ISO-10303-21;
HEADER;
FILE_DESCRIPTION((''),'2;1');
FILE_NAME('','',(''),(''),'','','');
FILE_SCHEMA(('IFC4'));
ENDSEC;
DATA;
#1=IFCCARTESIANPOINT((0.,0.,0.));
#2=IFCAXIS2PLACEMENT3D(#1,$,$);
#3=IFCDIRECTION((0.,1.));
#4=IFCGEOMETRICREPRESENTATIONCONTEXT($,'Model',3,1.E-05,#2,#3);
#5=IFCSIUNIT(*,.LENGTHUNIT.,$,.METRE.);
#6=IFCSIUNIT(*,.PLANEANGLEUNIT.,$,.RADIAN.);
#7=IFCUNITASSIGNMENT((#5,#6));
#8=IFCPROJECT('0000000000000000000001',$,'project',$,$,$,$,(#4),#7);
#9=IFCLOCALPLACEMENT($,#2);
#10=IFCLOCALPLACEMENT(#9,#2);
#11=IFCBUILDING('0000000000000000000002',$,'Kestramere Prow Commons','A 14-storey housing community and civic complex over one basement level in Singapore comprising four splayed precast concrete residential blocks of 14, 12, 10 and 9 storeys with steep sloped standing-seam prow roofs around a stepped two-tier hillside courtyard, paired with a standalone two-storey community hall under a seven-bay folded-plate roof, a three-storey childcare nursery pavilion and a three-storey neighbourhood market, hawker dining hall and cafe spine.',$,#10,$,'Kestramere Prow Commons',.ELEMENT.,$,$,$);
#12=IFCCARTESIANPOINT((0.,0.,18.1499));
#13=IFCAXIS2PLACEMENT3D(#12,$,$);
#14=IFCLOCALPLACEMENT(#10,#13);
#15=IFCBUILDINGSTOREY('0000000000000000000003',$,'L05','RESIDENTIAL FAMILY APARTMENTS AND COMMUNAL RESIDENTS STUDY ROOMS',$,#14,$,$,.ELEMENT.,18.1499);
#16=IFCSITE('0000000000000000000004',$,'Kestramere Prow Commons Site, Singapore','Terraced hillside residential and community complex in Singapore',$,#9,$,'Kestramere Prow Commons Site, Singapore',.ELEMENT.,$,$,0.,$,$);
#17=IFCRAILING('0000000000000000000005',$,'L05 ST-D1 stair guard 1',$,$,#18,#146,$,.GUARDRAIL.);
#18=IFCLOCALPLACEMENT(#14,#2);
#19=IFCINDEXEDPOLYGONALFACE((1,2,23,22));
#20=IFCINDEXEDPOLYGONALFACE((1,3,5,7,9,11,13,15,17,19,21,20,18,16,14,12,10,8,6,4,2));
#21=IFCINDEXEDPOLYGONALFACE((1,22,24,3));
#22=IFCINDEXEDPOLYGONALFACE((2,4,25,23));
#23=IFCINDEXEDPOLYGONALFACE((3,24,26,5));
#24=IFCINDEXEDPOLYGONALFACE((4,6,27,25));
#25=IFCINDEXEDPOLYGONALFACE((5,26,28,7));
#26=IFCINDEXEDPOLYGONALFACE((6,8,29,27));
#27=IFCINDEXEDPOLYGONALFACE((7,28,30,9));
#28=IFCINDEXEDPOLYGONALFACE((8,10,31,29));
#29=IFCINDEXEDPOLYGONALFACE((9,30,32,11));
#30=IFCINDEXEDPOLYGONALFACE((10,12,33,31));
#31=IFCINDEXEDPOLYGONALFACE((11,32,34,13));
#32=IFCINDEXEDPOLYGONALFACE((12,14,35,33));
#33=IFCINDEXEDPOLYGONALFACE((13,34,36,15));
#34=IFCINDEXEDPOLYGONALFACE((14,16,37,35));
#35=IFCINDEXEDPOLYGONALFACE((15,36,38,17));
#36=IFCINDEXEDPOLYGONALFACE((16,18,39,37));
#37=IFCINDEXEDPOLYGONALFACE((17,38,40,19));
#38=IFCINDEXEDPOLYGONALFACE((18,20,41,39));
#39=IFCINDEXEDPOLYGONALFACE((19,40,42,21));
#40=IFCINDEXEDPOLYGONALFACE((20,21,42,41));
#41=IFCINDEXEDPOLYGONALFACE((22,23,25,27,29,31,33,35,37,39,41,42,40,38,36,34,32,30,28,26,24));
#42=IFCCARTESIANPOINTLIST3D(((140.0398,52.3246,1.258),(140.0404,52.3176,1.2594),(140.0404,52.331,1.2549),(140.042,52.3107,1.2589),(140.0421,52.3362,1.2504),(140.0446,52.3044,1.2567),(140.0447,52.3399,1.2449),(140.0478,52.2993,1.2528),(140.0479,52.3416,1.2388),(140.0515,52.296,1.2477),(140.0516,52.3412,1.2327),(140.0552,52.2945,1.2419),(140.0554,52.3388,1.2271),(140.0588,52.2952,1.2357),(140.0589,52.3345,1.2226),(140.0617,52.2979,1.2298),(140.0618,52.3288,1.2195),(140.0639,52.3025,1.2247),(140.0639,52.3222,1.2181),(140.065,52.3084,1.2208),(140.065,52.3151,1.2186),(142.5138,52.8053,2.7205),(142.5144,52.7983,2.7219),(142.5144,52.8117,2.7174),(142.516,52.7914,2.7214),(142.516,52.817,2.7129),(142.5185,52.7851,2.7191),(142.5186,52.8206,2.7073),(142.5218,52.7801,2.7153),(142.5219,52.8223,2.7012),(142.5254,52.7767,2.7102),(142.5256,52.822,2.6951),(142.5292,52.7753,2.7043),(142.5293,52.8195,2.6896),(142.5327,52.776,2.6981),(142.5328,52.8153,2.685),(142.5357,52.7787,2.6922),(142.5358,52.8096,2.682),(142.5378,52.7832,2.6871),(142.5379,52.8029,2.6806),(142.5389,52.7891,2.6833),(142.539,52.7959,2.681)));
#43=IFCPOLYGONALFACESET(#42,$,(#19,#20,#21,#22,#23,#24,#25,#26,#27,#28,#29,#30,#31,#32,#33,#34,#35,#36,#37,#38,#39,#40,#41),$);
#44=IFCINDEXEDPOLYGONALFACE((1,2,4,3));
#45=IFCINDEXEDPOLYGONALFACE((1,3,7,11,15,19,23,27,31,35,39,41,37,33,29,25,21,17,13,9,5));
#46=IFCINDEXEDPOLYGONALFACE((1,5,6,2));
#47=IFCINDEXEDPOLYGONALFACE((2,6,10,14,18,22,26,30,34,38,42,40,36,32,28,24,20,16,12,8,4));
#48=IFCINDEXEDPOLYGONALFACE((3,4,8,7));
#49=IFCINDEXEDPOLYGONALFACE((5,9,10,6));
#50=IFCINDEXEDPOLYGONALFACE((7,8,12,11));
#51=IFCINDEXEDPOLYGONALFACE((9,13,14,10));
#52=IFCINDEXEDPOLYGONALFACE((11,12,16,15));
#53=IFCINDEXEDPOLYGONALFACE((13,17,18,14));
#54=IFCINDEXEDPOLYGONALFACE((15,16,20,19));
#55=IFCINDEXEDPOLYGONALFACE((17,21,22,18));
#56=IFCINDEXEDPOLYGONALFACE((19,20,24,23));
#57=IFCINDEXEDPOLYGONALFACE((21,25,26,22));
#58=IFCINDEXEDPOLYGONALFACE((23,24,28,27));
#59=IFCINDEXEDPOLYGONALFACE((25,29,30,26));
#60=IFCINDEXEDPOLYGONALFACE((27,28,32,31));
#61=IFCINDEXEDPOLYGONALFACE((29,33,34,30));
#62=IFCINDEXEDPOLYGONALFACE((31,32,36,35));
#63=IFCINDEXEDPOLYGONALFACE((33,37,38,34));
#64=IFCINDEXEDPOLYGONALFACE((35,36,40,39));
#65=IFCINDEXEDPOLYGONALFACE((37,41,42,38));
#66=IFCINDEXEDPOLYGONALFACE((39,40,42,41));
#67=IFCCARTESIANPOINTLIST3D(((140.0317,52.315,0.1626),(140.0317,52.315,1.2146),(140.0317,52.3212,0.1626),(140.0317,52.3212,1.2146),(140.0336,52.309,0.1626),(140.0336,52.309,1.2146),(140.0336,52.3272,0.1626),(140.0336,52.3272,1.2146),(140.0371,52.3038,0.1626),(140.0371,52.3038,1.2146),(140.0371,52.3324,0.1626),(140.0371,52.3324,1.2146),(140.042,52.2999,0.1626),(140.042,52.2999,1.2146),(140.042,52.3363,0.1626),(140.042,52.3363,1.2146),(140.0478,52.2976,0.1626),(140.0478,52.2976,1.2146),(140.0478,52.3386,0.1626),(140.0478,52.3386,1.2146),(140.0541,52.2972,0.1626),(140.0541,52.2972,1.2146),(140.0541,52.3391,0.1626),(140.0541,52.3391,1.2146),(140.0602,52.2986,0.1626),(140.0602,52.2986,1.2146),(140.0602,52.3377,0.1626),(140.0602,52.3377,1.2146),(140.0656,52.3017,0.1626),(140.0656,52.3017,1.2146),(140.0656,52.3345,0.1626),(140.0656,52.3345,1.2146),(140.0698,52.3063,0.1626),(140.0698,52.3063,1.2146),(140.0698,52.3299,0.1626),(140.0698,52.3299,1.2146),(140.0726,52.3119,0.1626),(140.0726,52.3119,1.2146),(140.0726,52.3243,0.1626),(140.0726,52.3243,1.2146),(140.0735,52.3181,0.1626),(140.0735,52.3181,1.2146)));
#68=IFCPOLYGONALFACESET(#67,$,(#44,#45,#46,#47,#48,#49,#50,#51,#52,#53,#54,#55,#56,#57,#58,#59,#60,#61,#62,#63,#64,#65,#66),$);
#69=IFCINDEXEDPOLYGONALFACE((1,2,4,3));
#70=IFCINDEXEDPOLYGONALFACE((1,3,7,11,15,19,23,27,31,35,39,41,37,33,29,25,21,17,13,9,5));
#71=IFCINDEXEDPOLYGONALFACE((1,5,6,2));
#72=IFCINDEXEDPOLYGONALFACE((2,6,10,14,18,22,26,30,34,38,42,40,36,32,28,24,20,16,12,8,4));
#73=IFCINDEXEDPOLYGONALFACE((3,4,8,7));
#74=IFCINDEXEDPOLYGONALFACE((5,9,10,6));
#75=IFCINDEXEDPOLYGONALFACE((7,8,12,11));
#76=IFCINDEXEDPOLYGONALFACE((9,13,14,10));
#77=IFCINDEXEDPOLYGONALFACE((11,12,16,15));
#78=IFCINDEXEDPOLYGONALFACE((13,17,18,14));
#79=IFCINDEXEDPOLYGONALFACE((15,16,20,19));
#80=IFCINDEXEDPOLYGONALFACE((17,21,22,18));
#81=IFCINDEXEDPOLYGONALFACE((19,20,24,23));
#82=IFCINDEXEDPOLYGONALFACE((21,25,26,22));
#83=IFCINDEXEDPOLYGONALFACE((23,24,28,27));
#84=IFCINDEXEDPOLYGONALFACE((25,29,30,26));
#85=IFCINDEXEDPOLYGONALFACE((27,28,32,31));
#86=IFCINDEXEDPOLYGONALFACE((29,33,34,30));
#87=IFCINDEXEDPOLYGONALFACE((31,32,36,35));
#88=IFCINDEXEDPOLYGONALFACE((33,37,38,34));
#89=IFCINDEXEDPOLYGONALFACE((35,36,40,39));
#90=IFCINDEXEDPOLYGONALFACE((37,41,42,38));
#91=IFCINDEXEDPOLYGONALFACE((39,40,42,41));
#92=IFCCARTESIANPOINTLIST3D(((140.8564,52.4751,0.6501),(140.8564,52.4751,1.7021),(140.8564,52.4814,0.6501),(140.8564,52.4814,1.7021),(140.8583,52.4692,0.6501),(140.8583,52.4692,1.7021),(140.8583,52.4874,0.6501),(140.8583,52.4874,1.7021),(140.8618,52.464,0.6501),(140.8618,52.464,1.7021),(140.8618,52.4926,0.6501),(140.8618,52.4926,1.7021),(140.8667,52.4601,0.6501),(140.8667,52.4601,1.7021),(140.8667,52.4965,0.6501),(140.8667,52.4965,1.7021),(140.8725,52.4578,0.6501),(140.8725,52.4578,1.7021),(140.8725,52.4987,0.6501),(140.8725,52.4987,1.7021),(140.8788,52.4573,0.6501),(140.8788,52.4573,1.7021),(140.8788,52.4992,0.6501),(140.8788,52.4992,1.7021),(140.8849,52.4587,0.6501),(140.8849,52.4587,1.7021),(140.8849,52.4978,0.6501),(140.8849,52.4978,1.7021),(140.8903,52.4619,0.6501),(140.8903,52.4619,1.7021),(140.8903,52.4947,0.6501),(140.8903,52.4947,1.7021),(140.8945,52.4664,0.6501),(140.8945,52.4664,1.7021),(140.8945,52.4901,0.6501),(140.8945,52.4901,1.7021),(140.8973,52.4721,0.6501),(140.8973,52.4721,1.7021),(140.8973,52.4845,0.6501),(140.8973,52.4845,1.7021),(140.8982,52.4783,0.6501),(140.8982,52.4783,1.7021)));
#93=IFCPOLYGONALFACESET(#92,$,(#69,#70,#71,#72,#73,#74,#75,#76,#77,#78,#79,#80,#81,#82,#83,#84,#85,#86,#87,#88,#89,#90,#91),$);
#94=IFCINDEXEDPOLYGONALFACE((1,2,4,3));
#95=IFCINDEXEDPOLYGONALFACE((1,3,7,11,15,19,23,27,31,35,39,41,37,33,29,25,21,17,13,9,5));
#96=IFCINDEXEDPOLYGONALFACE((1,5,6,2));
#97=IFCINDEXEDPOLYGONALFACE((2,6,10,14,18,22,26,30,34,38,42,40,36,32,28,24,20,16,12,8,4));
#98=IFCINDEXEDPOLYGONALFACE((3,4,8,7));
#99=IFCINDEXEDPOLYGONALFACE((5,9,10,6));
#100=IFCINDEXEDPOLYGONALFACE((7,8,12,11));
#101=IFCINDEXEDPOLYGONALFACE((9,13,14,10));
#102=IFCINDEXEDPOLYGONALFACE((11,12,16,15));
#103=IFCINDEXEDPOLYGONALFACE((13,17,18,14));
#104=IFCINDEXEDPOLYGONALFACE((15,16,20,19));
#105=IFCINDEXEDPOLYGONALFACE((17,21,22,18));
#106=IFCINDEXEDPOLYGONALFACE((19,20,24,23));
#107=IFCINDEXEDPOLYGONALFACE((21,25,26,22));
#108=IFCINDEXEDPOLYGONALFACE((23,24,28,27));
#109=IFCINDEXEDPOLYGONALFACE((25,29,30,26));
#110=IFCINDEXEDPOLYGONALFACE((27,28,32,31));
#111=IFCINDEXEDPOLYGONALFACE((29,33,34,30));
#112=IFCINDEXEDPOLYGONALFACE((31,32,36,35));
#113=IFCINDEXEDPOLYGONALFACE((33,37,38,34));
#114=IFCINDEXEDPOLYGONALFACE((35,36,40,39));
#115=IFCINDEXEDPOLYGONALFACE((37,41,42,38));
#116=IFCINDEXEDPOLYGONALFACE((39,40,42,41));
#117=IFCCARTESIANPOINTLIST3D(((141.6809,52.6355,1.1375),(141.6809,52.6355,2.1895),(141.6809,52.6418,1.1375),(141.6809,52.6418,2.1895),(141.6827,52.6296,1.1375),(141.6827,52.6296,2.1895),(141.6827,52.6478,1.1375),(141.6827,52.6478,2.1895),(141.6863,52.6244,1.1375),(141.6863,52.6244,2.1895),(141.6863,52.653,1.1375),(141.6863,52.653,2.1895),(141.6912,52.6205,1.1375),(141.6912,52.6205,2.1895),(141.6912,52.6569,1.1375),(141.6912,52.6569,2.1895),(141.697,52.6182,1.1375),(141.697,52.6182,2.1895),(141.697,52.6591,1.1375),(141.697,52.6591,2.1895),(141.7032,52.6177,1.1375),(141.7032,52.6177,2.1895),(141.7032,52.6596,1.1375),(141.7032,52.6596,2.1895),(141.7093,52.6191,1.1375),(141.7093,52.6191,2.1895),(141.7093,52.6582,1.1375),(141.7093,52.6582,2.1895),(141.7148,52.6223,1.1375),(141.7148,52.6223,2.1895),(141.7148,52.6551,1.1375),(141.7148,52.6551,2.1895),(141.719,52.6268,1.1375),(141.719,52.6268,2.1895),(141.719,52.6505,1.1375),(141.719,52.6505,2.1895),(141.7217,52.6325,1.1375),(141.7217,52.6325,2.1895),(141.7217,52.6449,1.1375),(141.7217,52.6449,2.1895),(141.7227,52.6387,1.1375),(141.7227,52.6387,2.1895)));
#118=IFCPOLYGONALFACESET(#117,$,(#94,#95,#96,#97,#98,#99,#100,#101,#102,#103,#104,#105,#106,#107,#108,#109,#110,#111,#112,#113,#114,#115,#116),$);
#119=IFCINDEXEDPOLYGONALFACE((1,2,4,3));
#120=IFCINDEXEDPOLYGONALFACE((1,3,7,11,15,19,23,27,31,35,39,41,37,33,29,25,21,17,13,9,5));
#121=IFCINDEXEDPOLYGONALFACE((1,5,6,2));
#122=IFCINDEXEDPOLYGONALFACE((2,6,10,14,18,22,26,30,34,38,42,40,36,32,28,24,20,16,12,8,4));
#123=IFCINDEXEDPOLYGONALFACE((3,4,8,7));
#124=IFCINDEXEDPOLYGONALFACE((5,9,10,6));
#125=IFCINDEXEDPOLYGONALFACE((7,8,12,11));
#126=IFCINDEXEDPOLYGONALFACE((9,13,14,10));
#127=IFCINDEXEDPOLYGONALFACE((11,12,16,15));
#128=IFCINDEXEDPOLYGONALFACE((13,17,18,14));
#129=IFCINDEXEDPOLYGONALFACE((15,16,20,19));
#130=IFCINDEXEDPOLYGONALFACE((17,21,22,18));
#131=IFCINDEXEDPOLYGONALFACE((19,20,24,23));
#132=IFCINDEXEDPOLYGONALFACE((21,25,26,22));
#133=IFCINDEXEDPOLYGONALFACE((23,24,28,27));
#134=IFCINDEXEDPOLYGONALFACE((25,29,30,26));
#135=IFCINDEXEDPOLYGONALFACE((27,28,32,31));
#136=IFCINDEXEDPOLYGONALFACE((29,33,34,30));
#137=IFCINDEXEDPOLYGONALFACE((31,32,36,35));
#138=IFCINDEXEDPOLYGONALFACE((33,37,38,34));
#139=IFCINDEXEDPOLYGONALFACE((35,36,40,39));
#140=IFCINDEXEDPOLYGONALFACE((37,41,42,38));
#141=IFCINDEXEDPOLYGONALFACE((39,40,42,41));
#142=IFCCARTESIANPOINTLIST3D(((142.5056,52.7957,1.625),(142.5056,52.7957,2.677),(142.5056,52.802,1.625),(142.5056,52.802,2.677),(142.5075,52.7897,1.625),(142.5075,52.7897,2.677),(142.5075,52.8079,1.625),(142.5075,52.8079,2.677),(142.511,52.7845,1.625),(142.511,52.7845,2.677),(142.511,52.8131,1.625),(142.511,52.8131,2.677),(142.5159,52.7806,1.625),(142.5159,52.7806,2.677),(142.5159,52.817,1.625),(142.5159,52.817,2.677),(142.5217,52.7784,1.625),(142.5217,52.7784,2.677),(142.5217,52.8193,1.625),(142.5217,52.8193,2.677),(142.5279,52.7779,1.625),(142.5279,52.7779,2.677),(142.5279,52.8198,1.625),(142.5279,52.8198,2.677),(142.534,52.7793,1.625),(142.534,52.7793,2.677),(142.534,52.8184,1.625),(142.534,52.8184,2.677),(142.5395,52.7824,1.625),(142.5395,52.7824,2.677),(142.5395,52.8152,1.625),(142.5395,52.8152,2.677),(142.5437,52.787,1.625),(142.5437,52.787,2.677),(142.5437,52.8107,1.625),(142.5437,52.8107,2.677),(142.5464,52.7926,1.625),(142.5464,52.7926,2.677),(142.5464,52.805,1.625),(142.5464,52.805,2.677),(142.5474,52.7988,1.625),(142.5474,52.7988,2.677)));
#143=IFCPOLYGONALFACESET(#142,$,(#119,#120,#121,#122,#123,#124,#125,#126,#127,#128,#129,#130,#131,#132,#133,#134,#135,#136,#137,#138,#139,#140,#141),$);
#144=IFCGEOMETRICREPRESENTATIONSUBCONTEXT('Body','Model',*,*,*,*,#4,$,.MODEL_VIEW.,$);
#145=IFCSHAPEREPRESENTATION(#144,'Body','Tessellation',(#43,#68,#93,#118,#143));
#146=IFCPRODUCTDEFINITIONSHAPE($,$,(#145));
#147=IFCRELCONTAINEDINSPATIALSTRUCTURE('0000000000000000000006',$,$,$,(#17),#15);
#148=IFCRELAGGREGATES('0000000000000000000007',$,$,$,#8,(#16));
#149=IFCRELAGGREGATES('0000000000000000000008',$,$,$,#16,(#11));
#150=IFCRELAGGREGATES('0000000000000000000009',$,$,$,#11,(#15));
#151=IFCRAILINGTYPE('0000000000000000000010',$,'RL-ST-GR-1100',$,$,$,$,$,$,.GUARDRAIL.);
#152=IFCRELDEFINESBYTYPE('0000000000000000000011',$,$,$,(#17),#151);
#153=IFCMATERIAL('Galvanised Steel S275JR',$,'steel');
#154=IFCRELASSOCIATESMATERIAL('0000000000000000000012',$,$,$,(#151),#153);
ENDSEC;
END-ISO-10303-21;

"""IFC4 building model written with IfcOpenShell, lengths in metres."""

from ifc_helpers import new_model, si_unit, direction, frame, origin, origin_2d, place, context, subcontext, project, spatial, circle, extrude, material, type_object, element, save


model = new_model("IFC4")

# Units and contexts
model_context = context("Model", 3, precision=1e-05, world=origin(), true_north=direction((0.0, 1.0)))
body_context = subcontext(model_context, "Body", "Model", "MODEL_VIEW")
ifc_project = project(units=[si_unit("LENGTHUNIT", "METRE"), si_unit("PLANEANGLEUNIT", "RADIAN")], contexts=[model_context])

# Site, building, storey
site_placement = place(None, origin())
site = spatial("IfcSite", under=ifc_project, at=site_placement, Name="Kestramere Prow Commons Site, Singapore", Description="Terraced hillside residential and community complex in Singapore", LongName="Kestramere Prow Commons Site, Singapore", CompositionType="ELEMENT", RefElevation=0.0)
building_placement = place(site_placement, origin())
building = spatial("IfcBuilding", under=site, at=building_placement, Name="Kestramere Prow Commons", Description="A 14-storey housing community and civic complex over one basement level in Singapore comprising four splayed precast concrete residential blocks of 14, 12, 10 and 9 storeys with steep sloped standing-seam prow roofs around a stepped two-tier hillside courtyard, paired with a standalone two-storey community hall under a seven-bay folded-plate roof, a three-storey childcare nursery pavilion and a three-storey neighbourhood market, hawker dining hall and cafe spine.", LongName="Kestramere Prow Commons", CompositionType="ELEMENT")
storey_placement = place(building_placement, frame((0.0, 0.0, 18.1499)))
storey = spatial("IfcBuildingStorey", under=building, at=storey_placement, Name="L05", Description="RESIDENTIAL FAMILY APARTMENTS AND COMMUNAL RESIDENTS STUDY ROOMS", CompositionType="ELEMENT", Elevation=18.1499)

# Railing
ifc_material_1 = material(Name="Galvanised Steel S275JR", Category="steel")
railing_type_1 = type_object("IfcRailingType", Name="RL-ST-GR-1100", PredefinedType="GUARDRAIL", material=ifc_material_1)
railing_1_placement = place(storey_placement, frame((140.0525, 52.3181, 0.1626)))
element("IfcRailing", 1, at=railing_1_placement, inside=storey, type_object=railing_type_1, Name="L05 ST-D1 stair guard 1", PredefinedType="GUARDRAIL", context=body_context, shape_type="SweptSolid", body=[
    extrude(circle(Radius=0.0239, at=origin_2d()), frame((0.0, 0.0, 1.0762), z_axis=(0.849044, 0.164982, 0.501902), x_axis=(-0.190748, 0.981639, 0.0)), (0.0, 0.0, 1.0), 2.9138),
    extrude(circle(Radius=0.021, at=origin_2d()), origin(), (0.0, 0.0, 1.0), 1.052),
    extrude(circle(Radius=0.021, at=origin_2d()), frame((0.8247, 0.1602, 0.4875)), (0.0, 0.0, 1.0), 1.052),
    extrude(circle(Radius=0.021, at=origin_2d()), frame((1.6492, 0.3206, 0.9749)), (0.0, 0.0, 1.0), 1.052),
    extrude(circle(Radius=0.021, at=origin_2d()), frame((2.4739, 0.4807, 1.4624)), (0.0, 0.0, 1.0), 1.052),
])

save(model, "model.ifc")
